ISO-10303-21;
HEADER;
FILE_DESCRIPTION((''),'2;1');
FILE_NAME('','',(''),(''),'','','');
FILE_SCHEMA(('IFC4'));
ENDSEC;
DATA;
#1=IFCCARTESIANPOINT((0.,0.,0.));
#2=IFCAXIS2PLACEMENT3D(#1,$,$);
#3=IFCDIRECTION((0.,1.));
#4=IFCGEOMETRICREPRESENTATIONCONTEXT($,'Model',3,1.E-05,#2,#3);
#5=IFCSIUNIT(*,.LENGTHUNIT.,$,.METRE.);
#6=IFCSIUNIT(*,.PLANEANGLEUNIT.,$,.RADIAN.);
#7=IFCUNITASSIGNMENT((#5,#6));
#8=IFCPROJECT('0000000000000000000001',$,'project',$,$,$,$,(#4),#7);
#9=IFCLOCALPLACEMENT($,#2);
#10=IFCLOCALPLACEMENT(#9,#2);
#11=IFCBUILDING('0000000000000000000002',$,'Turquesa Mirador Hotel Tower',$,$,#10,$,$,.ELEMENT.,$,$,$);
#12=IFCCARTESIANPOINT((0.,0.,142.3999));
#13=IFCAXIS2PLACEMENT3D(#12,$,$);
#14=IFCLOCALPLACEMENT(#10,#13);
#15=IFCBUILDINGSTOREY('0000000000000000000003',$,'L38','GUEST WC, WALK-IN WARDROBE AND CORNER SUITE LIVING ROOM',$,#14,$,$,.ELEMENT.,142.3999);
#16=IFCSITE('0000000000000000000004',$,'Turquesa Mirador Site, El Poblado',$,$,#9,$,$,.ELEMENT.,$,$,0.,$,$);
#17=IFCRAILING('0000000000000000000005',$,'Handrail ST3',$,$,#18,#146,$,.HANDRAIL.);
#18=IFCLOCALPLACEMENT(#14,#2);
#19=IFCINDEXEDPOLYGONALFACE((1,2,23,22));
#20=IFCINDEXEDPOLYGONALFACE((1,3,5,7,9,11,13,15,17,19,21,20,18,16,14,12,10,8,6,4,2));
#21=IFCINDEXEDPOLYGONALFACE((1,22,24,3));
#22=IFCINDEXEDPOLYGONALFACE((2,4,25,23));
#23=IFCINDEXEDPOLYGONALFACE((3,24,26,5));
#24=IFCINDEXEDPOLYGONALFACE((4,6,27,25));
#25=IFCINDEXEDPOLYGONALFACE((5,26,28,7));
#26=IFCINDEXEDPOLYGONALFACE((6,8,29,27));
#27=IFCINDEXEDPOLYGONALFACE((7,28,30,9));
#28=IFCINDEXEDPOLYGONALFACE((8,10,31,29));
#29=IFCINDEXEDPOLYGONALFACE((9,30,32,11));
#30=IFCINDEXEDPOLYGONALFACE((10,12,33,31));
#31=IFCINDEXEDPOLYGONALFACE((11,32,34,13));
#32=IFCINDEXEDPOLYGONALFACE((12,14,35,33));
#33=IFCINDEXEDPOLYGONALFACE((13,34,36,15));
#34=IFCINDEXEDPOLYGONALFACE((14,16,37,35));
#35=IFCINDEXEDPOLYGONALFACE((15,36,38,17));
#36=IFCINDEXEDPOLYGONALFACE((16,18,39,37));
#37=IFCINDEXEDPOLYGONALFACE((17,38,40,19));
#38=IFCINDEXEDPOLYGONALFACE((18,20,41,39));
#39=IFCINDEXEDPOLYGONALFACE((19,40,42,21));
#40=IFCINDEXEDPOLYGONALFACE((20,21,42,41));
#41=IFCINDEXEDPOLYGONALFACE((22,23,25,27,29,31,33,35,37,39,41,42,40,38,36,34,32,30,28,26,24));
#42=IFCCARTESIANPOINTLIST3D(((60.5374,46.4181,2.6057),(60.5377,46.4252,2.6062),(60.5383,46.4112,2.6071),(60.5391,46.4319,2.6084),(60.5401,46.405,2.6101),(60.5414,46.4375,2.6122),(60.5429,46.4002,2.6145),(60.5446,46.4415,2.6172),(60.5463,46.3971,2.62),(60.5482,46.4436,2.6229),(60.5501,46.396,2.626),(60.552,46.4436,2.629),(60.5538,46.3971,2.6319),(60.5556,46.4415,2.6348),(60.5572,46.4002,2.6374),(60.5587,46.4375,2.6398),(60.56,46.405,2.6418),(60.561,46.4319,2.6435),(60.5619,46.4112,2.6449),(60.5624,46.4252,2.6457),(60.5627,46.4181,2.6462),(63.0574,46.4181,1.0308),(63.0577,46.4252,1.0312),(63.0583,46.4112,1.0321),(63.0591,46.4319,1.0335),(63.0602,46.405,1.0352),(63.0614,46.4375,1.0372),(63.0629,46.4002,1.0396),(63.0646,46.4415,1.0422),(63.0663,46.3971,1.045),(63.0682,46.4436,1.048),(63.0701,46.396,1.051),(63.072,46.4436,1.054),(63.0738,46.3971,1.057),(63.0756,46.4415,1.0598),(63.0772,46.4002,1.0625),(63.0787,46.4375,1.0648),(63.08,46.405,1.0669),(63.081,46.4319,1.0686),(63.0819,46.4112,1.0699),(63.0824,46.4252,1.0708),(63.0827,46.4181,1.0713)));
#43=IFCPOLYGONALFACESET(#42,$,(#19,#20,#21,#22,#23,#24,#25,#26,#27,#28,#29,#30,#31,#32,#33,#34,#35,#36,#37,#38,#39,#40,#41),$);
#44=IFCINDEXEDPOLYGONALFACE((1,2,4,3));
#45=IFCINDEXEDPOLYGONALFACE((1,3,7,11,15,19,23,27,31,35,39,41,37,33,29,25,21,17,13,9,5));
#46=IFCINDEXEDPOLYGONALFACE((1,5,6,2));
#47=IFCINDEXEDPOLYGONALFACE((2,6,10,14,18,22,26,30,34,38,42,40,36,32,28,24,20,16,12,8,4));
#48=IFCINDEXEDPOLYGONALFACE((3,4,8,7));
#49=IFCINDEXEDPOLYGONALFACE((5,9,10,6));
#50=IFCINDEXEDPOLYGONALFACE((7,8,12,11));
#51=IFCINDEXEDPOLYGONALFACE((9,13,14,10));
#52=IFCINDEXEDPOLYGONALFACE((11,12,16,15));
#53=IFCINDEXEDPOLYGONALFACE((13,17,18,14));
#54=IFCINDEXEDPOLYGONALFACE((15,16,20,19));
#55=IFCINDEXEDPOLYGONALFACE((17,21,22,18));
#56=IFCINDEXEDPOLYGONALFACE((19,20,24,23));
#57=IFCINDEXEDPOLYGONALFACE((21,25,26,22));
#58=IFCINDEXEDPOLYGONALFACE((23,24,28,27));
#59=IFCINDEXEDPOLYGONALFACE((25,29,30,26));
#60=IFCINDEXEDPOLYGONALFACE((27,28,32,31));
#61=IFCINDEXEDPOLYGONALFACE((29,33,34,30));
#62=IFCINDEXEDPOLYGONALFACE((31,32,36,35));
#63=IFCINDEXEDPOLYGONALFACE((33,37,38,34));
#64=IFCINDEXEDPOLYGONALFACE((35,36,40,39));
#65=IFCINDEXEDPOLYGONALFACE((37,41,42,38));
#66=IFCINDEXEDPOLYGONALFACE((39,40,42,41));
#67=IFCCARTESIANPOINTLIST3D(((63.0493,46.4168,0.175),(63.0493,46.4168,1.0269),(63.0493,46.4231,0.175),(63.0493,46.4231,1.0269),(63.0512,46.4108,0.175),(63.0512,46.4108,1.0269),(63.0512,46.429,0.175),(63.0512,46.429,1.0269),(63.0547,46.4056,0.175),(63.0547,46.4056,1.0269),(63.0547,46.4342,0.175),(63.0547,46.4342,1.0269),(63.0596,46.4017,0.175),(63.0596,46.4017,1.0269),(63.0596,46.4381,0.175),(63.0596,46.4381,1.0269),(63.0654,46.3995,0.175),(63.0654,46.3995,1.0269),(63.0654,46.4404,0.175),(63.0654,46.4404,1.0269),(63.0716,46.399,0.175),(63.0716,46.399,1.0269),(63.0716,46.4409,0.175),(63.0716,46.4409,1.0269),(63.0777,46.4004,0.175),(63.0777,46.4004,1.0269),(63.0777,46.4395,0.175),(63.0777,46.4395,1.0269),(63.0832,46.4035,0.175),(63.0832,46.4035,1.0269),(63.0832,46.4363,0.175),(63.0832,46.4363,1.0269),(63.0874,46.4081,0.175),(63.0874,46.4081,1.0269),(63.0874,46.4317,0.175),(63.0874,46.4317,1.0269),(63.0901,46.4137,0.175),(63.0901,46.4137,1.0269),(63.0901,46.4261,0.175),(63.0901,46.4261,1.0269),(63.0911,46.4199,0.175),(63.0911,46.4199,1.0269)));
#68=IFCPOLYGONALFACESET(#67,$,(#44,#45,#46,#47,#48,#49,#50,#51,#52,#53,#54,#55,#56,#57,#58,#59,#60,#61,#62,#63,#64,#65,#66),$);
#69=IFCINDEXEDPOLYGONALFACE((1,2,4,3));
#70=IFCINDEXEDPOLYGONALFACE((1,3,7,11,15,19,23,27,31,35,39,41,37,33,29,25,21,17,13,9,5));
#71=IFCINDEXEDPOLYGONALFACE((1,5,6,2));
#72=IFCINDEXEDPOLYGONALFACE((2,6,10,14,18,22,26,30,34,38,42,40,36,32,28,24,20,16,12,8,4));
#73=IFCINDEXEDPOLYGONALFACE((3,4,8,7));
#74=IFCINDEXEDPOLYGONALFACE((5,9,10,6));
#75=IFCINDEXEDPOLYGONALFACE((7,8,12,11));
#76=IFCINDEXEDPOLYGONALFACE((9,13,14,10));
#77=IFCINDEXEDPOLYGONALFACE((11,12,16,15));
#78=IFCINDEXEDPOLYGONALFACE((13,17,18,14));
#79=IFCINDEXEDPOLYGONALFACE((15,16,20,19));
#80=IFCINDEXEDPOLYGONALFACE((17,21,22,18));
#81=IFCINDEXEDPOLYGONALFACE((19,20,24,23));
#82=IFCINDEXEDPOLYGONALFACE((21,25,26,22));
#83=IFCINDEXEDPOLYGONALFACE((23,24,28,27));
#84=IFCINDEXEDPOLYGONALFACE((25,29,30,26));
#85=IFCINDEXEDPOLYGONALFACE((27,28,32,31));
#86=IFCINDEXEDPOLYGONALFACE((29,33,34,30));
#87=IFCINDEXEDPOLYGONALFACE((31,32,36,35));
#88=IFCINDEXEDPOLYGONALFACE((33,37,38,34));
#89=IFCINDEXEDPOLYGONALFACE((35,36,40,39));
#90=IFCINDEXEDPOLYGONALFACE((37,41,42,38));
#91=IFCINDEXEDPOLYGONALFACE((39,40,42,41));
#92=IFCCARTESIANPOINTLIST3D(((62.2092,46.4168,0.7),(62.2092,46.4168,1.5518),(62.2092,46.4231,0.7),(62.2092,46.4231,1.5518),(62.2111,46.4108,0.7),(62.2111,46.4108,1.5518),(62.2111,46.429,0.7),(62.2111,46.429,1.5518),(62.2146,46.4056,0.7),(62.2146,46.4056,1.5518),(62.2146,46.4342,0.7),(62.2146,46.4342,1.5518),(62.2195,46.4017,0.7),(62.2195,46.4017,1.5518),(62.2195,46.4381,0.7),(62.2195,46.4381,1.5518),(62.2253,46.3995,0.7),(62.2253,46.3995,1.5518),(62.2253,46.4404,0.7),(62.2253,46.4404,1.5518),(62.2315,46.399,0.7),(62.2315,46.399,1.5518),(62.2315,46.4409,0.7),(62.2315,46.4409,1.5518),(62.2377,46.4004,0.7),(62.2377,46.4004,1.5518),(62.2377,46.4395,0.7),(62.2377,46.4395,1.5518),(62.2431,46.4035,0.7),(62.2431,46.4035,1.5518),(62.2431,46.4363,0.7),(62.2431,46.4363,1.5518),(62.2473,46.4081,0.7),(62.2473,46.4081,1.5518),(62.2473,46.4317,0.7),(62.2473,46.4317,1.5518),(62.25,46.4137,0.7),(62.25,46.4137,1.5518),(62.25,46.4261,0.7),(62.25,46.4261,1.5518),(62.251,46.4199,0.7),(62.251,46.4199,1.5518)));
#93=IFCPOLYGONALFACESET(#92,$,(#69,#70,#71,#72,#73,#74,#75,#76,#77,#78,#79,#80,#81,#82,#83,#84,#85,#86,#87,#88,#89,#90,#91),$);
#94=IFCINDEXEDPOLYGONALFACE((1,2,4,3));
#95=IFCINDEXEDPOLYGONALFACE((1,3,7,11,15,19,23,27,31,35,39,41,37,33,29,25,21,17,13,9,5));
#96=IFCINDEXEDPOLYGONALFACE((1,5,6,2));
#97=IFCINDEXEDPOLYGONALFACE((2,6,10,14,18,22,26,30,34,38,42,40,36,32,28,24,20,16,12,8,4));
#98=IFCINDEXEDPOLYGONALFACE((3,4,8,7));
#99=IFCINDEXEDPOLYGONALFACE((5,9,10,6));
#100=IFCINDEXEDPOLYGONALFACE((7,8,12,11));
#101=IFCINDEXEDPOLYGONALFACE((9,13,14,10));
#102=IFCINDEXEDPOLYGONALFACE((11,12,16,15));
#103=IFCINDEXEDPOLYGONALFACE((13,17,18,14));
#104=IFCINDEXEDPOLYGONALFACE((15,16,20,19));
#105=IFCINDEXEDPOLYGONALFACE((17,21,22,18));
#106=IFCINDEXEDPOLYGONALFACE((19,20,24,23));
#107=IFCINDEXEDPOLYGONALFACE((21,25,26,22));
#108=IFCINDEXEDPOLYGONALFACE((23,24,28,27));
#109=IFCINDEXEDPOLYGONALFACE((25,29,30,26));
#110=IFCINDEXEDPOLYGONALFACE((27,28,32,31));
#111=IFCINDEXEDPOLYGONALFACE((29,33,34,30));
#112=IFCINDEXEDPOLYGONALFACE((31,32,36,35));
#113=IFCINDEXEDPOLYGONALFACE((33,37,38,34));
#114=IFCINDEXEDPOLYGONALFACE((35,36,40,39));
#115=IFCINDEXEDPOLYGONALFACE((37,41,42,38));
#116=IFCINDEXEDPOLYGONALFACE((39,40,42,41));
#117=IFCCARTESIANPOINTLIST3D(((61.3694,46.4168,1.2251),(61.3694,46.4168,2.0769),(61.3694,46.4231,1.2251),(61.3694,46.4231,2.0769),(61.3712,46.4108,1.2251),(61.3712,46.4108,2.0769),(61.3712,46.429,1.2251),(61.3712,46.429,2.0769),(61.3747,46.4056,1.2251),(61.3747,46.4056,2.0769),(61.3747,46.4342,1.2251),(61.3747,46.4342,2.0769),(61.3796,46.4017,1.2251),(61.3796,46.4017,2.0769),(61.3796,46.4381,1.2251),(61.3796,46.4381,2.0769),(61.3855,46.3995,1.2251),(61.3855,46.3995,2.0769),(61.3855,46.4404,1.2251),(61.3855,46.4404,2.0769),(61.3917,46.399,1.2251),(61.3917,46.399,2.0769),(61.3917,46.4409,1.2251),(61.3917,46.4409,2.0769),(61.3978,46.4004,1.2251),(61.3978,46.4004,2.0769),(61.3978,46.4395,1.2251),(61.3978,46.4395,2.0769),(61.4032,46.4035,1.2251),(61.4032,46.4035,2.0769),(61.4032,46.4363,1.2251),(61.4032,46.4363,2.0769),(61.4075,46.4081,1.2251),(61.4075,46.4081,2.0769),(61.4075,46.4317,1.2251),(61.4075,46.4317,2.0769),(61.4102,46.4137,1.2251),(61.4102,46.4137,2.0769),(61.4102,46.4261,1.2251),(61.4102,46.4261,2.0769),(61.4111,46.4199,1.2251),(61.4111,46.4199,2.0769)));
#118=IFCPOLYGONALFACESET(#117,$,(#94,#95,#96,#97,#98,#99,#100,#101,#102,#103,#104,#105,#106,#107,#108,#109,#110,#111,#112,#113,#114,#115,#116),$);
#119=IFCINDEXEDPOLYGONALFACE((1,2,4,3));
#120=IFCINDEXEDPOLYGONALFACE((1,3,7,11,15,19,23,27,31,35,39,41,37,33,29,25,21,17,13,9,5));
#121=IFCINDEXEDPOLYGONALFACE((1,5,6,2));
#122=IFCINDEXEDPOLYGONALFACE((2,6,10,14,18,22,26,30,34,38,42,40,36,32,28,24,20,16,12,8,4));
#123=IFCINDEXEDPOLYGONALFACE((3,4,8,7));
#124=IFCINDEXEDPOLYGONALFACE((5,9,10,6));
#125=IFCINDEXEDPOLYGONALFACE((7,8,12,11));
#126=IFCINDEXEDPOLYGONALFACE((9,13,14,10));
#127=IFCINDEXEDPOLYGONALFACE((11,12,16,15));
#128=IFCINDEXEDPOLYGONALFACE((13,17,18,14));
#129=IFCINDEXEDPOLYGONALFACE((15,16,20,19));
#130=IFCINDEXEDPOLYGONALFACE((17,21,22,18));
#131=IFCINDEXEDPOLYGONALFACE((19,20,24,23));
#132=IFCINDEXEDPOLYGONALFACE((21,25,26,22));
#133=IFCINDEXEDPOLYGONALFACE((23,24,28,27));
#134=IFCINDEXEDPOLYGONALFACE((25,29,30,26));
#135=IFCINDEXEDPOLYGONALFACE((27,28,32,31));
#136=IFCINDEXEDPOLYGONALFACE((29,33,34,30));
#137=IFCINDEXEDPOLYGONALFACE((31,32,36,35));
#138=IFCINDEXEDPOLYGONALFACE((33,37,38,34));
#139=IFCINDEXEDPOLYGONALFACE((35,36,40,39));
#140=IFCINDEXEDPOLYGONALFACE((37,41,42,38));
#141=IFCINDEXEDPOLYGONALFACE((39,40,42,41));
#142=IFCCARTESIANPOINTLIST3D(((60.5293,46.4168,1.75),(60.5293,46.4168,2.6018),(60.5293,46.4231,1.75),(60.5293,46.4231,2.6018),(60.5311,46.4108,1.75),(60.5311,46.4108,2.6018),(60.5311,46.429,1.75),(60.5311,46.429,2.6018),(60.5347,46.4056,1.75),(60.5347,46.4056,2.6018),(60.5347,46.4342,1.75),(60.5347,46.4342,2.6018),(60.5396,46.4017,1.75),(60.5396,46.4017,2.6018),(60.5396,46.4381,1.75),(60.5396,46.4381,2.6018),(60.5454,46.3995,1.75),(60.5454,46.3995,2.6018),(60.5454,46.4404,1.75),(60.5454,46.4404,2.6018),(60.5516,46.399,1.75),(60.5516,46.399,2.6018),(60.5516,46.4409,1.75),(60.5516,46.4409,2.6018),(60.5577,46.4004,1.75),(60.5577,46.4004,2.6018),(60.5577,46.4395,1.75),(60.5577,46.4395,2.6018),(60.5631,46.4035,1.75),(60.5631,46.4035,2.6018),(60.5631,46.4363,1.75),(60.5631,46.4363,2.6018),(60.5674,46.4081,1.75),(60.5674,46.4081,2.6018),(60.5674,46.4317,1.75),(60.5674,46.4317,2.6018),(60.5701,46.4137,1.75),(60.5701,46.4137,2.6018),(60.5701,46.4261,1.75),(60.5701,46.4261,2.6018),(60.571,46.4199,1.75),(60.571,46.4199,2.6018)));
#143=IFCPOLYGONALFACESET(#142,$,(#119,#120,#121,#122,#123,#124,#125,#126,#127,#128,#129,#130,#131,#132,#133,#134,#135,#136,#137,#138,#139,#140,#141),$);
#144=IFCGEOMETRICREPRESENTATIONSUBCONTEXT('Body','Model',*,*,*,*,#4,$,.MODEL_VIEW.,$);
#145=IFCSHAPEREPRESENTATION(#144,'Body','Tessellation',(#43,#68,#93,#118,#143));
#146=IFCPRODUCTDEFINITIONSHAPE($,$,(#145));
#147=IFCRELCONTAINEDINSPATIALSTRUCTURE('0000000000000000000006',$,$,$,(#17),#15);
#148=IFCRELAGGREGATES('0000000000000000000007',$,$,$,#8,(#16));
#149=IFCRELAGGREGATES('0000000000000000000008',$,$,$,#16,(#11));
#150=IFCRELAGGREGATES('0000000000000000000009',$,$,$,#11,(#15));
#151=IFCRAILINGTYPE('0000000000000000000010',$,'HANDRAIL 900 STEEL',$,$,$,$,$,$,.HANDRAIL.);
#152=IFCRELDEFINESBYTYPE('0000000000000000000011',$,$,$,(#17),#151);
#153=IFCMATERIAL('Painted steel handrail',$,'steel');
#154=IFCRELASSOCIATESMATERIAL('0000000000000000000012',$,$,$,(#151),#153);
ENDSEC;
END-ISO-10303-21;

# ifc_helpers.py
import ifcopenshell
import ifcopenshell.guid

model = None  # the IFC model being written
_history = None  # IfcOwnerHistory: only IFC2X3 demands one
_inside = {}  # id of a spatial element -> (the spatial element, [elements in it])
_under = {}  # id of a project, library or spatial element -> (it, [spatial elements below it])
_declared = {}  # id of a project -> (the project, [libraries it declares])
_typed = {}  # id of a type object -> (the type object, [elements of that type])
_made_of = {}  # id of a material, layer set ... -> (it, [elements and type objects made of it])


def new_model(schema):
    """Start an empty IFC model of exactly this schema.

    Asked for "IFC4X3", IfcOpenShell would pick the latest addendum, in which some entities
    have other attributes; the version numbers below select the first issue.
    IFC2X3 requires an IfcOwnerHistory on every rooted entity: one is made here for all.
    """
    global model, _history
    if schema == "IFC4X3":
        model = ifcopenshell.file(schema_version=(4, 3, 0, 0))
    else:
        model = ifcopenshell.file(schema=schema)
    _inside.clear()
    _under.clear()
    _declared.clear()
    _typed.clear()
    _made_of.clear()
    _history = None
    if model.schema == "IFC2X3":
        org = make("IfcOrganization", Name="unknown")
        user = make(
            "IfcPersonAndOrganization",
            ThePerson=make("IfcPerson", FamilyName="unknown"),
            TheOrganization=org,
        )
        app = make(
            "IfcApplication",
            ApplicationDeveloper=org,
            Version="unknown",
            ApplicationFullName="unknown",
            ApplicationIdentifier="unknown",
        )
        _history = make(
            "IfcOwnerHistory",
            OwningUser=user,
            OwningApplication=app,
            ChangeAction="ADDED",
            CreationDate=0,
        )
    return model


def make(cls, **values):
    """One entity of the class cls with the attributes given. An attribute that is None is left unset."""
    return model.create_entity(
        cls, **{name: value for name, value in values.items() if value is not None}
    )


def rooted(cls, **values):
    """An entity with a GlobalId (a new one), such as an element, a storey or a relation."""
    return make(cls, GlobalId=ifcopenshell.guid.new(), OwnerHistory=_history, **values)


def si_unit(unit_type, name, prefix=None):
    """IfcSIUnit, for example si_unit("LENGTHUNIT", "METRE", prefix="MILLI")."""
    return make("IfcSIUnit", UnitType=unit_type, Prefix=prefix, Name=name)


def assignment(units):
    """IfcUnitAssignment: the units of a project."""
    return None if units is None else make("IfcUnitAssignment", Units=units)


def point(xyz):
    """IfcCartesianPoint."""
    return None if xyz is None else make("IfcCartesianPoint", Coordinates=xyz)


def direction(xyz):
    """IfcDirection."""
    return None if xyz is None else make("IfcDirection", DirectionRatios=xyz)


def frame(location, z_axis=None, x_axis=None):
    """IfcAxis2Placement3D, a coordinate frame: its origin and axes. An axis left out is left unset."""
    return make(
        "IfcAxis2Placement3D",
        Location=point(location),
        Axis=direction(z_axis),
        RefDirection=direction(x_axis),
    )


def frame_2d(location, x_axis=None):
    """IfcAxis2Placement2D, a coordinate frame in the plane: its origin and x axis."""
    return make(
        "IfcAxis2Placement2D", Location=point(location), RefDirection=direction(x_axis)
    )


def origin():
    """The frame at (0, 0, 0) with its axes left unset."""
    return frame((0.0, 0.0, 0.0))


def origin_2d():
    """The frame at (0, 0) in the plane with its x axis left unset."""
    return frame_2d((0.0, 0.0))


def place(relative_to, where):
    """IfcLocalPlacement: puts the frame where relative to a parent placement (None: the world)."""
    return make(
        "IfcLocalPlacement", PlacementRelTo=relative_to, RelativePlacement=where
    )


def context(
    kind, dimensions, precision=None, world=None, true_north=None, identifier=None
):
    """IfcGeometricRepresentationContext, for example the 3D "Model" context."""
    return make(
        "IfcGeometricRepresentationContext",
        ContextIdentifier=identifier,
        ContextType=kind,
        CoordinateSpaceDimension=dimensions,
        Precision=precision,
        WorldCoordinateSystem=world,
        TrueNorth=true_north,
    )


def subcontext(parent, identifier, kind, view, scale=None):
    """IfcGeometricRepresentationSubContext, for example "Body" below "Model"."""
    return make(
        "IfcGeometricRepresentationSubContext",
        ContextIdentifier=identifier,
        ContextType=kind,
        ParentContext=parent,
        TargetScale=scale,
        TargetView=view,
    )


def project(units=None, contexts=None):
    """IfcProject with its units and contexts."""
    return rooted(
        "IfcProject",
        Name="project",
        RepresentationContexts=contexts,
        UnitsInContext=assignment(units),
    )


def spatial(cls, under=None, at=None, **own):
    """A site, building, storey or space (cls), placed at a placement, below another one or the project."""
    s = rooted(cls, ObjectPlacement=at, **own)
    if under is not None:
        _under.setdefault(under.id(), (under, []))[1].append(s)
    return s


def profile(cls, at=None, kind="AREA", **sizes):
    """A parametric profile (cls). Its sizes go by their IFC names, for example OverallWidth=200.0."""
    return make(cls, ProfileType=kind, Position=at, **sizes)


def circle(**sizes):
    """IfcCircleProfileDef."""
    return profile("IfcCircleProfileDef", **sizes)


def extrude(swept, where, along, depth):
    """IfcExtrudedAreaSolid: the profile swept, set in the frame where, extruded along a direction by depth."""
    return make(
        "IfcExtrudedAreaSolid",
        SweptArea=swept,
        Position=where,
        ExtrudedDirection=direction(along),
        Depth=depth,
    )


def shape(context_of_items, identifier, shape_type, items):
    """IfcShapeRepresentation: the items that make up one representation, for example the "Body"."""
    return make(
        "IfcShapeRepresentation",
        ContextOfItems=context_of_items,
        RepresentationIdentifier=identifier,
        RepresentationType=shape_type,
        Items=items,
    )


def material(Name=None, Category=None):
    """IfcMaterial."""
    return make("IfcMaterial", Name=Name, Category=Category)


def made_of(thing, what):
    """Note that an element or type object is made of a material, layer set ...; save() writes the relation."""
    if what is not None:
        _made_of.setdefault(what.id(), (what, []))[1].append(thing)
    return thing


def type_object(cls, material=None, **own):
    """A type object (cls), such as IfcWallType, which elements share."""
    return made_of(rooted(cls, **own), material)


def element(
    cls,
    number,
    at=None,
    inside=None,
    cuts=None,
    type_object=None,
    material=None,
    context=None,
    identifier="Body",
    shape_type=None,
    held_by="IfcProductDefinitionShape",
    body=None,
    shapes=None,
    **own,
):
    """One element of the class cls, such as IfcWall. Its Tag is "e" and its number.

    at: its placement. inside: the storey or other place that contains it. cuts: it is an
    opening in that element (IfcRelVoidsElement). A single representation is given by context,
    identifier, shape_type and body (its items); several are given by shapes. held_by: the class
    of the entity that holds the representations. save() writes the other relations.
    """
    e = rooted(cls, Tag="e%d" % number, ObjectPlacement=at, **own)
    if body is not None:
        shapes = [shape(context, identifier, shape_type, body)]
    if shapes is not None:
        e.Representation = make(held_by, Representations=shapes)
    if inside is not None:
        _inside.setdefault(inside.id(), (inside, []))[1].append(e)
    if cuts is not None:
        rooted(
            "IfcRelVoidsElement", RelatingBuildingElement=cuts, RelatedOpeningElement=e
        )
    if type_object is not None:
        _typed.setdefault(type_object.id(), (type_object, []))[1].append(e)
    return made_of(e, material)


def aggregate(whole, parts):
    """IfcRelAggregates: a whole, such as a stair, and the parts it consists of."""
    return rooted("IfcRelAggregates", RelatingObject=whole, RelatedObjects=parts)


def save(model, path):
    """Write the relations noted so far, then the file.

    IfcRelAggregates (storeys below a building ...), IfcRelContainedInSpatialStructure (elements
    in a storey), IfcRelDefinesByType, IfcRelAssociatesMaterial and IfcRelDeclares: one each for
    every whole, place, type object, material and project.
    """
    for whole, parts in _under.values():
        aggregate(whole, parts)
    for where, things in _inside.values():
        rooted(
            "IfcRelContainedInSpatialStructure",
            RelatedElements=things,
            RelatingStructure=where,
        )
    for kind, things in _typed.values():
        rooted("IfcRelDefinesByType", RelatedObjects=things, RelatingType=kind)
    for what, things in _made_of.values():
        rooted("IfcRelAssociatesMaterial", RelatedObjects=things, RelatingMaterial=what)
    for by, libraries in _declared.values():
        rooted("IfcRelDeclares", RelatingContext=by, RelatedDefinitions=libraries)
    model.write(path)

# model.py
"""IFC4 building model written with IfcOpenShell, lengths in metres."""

from ifc_helpers import new_model, si_unit, direction, frame, origin, origin_2d, place, context, subcontext, project, spatial, circle, extrude, material, type_object, element, save


model = new_model("IFC4")

# Units and contexts
model_context = context("Model", 3, precision=1e-05, world=origin(), true_north=direction((0.0, 1.0)))
body_context = subcontext(model_context, "Body", "Model", "MODEL_VIEW")
ifc_project = project(units=[si_unit("LENGTHUNIT", "METRE"), si_unit("PLANEANGLEUNIT", "RADIAN")], contexts=[model_context])

# Site, building, storey
site_placement = place(None, origin())
site = spatial("IfcSite", under=ifc_project, at=site_placement, Name="Turquesa Mirador Site, El Poblado", CompositionType="ELEMENT", RefElevation=0.0)
building_placement = place(site_placement, origin())
building = spatial("IfcBuilding", under=site, at=building_placement, Name="Turquesa Mirador Hotel Tower", CompositionType="ELEMENT")
storey_placement = place(building_placement, frame((0.0, 0.0, 142.3999)))
storey = spatial("IfcBuildingStorey", under=building, at=storey_placement, Name="L38", Description="GUEST WC, WALK-IN WARDROBE AND CORNER SUITE LIVING ROOM", CompositionType="ELEMENT", Elevation=142.3999)

# Railing
ifc_material_1 = material(Name="Painted steel handrail", Category="steel")
railing_type = type_object("IfcRailingType", Name="HANDRAIL 900 STEEL", PredefinedType="HANDRAIL", material=ifc_material_1)
railing_1_placement = place(storey_placement, frame((63.0701, 46.4199, 0.175)))
element("IfcRailing", 1, at=railing_1_placement, inside=storey, type_object=railing_type, Name="Handrail ST3", PredefinedType="HANDRAIL", context=body_context, shape_type="SweptSolid", body=[
    extrude(circle(Radius=0.0239, at=origin_2d()), frame((0.0, 0.0, 0.876), z_axis=(-0.848008, 0.0, 0.529984), x_axis=(0.0, -1.0, 0.0)), (0.0, 0.0, 1.0), 2.9717),
    extrude(circle(Radius=0.021, at=origin_2d()), origin(), (0.0, 0.0, 1.0), 0.8518),
    extrude(circle(Radius=0.021, at=origin_2d()), frame((-0.8401, 0.0, 0.5249)), (0.0, 0.0, 1.0), 0.8518),
    extrude(circle(Radius=0.021, at=origin_2d()), frame((-1.6799, 0.0, 1.05)), (0.0, 0.0, 1.0), 0.8518),
    extrude(circle(Radius=0.021, at=origin_2d()), frame((-2.52, 0.0, 1.575)), (0.0, 0.0, 1.0), 0.8518),
])

save(model, "model.ifc")
